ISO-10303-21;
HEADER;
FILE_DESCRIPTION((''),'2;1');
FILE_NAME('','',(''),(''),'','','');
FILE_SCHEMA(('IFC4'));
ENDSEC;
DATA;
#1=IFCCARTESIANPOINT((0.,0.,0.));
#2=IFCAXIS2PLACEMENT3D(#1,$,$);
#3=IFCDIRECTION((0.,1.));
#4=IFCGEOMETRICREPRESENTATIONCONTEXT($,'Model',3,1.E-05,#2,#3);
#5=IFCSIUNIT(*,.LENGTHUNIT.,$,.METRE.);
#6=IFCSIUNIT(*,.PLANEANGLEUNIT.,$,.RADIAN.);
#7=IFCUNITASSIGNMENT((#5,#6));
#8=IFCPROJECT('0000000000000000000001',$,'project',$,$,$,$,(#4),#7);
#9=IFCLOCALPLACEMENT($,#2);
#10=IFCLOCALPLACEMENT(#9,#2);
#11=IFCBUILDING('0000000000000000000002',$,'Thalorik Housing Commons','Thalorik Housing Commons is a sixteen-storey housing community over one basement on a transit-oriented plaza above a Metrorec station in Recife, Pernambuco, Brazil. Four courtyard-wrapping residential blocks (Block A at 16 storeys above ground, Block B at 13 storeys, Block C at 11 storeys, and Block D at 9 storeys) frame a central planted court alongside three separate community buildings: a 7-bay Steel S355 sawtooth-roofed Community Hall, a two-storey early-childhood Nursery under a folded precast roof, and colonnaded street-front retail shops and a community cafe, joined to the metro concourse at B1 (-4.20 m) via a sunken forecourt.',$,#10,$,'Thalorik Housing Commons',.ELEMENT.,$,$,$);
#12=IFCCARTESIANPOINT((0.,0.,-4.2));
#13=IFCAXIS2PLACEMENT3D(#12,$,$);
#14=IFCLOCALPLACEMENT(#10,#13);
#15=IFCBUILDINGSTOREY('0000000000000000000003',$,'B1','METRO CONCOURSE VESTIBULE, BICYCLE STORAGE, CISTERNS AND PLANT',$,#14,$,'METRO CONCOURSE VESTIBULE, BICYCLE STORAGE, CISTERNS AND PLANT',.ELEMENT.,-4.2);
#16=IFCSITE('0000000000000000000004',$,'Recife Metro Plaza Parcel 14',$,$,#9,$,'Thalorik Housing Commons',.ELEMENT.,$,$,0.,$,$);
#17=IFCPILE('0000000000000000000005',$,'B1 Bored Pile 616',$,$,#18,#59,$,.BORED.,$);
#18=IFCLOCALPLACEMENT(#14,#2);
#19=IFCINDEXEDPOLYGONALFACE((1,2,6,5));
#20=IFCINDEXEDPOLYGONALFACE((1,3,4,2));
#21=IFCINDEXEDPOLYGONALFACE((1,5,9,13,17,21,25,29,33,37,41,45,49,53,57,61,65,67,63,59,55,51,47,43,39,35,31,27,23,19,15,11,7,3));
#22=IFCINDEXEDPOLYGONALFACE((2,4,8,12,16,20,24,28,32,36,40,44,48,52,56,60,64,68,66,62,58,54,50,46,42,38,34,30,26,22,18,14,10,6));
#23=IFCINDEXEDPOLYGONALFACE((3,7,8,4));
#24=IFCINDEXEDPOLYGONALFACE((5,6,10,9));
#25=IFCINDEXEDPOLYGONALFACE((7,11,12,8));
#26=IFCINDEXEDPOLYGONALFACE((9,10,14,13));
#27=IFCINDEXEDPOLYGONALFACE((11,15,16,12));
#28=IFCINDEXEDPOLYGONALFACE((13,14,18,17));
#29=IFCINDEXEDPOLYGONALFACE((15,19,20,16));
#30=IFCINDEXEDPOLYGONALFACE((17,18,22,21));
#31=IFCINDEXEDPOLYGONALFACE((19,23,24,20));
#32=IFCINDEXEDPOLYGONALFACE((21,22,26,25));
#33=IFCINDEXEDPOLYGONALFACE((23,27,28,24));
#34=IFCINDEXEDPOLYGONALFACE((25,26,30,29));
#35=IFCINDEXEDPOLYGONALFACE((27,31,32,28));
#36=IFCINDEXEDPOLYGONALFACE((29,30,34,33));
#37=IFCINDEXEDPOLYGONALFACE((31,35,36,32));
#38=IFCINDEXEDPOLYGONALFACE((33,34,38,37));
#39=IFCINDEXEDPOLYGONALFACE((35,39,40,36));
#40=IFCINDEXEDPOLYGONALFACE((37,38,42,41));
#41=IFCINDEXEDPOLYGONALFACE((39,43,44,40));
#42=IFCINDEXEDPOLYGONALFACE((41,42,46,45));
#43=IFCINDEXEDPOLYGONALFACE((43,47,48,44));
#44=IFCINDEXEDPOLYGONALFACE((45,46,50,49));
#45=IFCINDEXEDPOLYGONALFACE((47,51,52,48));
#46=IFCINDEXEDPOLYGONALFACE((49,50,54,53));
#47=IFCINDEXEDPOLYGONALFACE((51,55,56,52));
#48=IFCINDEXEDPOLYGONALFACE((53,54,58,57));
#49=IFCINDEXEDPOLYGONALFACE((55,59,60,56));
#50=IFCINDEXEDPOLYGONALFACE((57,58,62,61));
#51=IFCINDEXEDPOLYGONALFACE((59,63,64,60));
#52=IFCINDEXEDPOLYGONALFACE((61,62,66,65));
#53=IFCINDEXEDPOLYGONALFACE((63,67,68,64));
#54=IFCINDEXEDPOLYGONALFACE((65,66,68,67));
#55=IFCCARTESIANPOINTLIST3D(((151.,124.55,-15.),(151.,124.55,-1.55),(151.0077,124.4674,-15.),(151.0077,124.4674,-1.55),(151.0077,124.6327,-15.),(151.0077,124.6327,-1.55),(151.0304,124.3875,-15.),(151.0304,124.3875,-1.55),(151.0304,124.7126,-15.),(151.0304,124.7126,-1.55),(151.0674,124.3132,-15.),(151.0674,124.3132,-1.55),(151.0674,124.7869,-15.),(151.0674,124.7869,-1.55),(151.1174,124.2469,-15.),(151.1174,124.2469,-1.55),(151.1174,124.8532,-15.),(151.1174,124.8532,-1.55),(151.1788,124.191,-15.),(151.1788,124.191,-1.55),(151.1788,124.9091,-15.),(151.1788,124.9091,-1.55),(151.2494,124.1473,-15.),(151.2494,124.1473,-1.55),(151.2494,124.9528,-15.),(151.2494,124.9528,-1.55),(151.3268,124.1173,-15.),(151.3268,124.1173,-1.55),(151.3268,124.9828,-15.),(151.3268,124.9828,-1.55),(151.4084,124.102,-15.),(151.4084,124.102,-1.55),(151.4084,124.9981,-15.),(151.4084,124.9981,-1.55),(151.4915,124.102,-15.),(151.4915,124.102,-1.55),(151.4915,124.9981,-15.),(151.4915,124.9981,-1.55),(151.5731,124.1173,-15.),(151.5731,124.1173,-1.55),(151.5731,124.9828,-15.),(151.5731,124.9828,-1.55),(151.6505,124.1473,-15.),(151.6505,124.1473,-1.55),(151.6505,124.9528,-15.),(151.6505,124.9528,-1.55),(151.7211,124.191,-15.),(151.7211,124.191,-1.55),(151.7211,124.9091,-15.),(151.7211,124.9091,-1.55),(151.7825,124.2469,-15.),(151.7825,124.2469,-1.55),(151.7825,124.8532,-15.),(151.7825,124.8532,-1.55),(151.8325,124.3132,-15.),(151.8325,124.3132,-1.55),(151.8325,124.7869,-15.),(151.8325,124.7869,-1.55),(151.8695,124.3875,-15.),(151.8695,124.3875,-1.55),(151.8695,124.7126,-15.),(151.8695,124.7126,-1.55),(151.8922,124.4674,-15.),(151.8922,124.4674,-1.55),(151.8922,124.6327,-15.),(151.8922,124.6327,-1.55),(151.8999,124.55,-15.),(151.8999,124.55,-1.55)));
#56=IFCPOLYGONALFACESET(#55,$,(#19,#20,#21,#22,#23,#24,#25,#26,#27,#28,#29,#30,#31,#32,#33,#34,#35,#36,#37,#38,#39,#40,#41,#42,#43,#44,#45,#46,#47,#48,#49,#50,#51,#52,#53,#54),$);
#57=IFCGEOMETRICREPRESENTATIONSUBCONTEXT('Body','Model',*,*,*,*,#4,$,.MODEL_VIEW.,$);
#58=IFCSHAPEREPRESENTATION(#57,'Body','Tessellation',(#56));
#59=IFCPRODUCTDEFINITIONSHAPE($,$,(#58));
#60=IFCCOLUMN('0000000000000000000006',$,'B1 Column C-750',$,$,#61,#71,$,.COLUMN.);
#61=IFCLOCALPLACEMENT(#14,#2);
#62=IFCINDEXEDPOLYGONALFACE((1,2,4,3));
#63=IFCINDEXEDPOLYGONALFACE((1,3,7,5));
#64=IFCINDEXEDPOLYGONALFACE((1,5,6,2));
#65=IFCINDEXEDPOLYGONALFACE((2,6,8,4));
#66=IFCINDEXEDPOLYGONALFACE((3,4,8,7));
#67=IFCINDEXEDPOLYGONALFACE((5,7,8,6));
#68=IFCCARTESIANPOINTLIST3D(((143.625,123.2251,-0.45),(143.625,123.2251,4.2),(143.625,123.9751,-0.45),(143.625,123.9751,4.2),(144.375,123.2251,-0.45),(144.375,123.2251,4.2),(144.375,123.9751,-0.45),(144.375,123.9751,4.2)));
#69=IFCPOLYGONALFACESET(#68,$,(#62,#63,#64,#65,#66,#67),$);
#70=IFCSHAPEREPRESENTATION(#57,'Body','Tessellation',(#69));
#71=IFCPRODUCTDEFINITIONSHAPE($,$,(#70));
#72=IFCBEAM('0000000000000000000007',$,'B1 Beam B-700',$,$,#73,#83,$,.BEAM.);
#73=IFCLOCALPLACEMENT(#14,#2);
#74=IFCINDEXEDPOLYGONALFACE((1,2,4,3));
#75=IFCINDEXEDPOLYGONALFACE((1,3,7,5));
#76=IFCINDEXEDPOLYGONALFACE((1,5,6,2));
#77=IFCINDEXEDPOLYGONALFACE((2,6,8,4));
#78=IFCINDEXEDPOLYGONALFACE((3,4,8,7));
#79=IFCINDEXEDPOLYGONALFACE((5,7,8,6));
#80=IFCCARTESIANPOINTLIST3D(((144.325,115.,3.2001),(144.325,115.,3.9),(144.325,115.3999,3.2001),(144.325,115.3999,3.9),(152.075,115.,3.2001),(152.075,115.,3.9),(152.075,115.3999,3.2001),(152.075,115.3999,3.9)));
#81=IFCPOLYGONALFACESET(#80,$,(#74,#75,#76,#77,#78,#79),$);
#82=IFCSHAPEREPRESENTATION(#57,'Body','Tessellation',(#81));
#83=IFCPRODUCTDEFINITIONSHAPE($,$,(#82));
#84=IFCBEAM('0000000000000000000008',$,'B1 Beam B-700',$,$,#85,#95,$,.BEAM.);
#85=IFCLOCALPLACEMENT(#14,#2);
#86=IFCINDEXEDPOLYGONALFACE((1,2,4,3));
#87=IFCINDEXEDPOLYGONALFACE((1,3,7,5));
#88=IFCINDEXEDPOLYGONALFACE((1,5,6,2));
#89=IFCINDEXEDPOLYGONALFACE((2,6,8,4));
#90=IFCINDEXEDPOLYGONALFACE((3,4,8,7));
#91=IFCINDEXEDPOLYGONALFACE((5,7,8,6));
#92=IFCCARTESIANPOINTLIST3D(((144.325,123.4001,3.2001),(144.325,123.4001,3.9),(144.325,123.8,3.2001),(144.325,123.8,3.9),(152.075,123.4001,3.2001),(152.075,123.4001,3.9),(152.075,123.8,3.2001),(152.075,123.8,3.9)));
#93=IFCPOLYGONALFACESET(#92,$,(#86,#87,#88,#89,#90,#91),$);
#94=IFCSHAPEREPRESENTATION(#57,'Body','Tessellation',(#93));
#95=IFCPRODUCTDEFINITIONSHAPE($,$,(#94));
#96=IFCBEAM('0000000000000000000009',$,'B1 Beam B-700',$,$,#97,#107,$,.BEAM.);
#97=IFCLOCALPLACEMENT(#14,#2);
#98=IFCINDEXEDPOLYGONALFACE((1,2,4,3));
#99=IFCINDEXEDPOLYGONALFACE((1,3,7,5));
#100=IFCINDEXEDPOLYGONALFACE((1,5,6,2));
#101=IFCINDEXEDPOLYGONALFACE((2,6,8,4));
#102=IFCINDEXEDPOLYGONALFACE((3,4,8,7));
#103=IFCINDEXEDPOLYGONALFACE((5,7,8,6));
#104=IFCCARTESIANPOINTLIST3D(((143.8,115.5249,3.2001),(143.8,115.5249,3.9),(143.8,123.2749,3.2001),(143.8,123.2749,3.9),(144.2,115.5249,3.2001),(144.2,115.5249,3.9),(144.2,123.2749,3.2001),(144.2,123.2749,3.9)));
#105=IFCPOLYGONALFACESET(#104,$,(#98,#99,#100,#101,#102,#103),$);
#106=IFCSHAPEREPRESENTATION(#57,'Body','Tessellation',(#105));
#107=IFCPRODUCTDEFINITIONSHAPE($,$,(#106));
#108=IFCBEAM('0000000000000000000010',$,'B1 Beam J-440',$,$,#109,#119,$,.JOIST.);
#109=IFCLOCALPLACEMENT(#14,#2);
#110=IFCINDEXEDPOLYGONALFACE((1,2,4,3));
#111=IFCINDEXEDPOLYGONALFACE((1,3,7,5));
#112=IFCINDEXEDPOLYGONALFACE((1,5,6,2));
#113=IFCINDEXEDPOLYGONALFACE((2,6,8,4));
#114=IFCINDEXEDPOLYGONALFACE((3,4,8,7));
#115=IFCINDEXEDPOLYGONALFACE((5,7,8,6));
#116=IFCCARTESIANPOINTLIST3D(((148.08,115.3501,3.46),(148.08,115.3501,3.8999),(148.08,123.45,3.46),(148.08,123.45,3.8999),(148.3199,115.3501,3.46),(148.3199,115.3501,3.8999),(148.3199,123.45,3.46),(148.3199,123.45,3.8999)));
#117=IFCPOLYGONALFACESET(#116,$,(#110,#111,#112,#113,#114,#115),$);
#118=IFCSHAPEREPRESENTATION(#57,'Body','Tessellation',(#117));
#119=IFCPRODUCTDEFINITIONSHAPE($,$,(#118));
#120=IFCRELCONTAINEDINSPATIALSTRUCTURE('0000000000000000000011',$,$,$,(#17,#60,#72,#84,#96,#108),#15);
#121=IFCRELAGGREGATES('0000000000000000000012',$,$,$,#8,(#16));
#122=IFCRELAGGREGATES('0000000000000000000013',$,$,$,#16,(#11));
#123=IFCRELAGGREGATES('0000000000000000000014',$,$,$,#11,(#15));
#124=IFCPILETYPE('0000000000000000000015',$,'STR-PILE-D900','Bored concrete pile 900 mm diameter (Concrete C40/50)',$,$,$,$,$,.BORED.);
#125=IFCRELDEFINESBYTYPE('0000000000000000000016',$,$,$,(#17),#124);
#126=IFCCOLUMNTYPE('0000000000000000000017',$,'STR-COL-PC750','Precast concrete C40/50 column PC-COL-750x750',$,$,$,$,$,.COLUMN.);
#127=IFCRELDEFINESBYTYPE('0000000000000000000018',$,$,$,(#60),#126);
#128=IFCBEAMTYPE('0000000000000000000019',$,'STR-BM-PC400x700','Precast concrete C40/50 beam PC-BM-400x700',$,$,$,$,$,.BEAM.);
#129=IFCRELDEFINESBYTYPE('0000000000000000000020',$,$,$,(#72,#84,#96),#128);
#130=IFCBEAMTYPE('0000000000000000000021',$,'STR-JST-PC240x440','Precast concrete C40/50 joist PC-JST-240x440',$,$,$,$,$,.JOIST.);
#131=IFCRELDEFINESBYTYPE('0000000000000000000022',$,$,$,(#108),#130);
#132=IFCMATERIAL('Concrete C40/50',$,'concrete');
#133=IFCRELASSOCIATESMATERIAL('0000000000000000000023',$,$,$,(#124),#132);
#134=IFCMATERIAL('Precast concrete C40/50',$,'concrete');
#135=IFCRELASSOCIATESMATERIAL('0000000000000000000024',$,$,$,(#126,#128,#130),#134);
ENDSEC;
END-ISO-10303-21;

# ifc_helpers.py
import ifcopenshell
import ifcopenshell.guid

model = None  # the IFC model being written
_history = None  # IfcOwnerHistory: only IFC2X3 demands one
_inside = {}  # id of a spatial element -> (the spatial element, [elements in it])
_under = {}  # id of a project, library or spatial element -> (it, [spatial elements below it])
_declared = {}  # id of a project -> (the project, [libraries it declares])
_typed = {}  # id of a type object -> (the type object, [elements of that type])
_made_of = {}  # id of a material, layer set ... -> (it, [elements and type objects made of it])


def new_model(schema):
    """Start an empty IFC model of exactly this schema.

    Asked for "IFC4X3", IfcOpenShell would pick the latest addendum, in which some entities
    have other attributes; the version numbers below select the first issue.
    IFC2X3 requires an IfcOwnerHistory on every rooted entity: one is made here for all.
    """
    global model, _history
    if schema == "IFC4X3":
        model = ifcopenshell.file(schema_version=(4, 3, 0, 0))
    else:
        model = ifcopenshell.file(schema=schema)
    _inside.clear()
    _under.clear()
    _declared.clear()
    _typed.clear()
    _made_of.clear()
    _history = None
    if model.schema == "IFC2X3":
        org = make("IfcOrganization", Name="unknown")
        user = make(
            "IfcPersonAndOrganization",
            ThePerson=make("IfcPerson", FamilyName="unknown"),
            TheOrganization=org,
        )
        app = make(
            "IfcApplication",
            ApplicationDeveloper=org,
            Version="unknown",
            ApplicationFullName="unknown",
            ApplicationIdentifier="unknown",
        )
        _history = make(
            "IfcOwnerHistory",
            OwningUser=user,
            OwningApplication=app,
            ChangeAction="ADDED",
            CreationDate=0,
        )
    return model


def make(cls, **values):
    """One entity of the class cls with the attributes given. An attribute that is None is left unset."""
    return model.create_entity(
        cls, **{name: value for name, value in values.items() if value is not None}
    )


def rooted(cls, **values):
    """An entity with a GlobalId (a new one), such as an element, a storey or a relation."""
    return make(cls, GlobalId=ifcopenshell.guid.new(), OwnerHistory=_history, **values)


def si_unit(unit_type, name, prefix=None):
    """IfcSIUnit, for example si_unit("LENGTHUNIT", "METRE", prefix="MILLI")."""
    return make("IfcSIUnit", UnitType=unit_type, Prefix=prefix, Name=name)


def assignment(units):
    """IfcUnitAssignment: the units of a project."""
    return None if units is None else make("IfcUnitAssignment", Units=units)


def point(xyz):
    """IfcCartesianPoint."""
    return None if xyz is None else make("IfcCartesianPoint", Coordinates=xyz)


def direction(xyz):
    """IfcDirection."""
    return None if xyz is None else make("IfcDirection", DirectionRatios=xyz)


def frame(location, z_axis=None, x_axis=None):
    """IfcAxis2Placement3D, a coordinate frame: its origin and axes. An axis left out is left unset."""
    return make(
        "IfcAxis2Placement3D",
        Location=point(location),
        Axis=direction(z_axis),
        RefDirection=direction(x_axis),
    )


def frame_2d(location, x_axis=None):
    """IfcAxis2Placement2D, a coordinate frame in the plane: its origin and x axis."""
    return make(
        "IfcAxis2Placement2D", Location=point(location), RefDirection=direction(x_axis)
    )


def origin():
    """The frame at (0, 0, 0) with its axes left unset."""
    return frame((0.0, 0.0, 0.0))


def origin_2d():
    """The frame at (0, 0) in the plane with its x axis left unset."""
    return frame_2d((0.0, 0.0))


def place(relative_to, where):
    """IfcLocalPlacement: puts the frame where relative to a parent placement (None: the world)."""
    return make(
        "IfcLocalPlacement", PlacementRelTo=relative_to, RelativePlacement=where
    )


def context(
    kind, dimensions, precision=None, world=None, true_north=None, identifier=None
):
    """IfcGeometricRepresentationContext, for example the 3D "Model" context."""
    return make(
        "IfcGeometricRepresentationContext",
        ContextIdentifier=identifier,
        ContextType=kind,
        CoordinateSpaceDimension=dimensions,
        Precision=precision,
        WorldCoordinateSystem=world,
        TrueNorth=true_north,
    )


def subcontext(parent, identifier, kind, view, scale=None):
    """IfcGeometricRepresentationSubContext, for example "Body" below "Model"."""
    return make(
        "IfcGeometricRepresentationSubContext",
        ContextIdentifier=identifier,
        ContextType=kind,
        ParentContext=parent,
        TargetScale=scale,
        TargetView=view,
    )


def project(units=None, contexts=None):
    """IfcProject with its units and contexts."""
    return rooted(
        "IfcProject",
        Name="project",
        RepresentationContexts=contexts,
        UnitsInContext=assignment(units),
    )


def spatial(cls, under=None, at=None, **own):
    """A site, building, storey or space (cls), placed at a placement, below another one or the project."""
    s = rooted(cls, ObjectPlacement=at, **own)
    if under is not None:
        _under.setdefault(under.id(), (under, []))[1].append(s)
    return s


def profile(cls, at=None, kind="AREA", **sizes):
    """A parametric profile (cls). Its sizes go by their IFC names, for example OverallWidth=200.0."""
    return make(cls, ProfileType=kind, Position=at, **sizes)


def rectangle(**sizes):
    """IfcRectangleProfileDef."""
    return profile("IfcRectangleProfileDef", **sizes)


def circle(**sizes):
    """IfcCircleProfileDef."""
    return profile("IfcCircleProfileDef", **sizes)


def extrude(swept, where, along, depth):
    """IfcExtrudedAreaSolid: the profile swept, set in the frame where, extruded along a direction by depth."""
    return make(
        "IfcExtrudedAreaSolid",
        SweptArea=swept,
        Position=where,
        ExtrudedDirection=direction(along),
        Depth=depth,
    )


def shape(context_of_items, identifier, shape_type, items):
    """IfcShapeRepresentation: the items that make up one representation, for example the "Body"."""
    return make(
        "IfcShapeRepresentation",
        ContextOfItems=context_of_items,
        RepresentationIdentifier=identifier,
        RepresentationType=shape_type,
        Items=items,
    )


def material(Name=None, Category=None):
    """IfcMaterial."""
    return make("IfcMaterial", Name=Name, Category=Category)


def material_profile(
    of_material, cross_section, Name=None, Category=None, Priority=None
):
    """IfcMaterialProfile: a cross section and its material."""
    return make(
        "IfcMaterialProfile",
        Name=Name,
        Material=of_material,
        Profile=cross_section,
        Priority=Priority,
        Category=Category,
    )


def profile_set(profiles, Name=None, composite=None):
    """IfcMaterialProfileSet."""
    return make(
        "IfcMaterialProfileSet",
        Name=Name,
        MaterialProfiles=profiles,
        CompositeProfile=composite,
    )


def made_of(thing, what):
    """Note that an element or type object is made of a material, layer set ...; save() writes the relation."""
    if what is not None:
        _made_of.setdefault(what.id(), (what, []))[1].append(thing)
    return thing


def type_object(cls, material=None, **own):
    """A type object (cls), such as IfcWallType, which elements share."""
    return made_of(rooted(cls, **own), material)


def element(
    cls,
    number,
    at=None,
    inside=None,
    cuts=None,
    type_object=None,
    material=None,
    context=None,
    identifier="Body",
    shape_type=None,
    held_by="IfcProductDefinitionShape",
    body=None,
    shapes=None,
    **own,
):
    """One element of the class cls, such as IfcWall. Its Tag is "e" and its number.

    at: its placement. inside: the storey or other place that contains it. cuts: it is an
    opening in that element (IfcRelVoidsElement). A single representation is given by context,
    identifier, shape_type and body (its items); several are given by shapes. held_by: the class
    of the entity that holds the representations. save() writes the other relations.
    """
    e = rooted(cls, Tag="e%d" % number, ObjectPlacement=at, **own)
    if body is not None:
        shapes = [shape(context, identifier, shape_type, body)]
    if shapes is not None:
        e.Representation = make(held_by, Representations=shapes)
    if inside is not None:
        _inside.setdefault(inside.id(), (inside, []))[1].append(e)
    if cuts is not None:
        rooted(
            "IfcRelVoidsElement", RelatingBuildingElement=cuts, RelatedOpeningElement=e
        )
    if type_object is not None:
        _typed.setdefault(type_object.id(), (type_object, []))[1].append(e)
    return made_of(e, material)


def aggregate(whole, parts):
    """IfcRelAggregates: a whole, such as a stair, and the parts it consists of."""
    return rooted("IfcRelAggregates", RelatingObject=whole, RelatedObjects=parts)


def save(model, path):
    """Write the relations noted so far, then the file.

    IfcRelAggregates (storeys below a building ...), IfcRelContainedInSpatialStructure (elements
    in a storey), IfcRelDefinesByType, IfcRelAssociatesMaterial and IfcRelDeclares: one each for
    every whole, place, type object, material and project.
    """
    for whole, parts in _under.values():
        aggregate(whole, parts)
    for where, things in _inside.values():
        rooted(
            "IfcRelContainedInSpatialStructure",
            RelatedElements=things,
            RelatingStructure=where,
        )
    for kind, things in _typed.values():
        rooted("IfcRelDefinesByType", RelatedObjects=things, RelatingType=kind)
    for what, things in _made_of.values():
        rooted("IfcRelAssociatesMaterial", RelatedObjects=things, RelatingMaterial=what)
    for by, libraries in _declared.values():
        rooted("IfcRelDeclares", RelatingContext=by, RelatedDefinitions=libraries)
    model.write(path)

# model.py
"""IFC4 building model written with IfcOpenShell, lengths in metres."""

from ifc_helpers import new_model, si_unit, direction, frame, origin, origin_2d, place, context, subcontext, project, spatial, rectangle, circle, extrude, material, material_profile, profile_set, type_object, element, save


model = new_model("IFC4")

# Units and contexts
model_context = context("Model", 3, precision=1e-05, world=origin(), true_north=direction((0.0, 1.0)))
body_context = subcontext(model_context, "Body", "Model", "MODEL_VIEW")
ifc_project = project(units=[si_unit("LENGTHUNIT", "METRE"), si_unit("PLANEANGLEUNIT", "RADIAN")], contexts=[model_context])

# Site, building, storey
site_placement = place(None, origin())
site = spatial("IfcSite", under=ifc_project, at=site_placement, Name="Recife Metro Plaza Parcel 14", LongName="Thalorik Housing Commons", CompositionType="ELEMENT", RefElevation=0.0)
building_placement = place(site_placement, origin())
building = spatial("IfcBuilding", under=site, at=building_placement, Name="Thalorik Housing Commons", Description="Thalorik Housing Commons is a sixteen-storey housing community over one basement on a transit-oriented plaza above a Metrorec station in Recife, Pernambuco, Brazil. Four courtyard-wrapping residential blocks (Block A at 16 storeys above ground, Block B at 13 storeys, Block C at 11 storeys, and Block D at 9 storeys) frame a central planted court alongside three separate community buildings: a 7-bay Steel S355 sawtooth-roofed Community Hall, a two-storey early-childhood Nursery under a folded precast roof, and colonnaded street-front retail shops and a community cafe, joined to the metro concourse at B1 (-4.20 m) via a sunken forecourt.", LongName="Thalorik Housing Commons", CompositionType="ELEMENT")
storey_placement = place(building_placement, frame((0.0, 0.0, -4.2)))
storey = spatial("IfcBuildingStorey", under=building, at=storey_placement, Name="B1", Description="METRO CONCOURSE VESTIBULE, BICYCLE STORAGE, CISTERNS AND PLANT", LongName="METRO CONCOURSE VESTIBULE, BICYCLE STORAGE, CISTERNS AND PLANT", CompositionType="ELEMENT", Elevation=-4.2)

# Shared definitions
ifc_material_1 = material(Name="Concrete C40/50", Category="concrete")

# Pile
ifc_material_profile_1 = material_profile(ifc_material_1, circle(Radius=0.45, at=origin_2d()), Name="BORED PILE D900", Category="concrete")
ifc_profile_set_1 = profile_set([ifc_material_profile_1], Name="Concrete C40/50")
pile_type_1 = type_object("IfcPileType", Name="STR-PILE-D900", Description="Bored concrete pile 900 mm diameter (Concrete C40/50)", PredefinedType="BORED", material=ifc_profile_set_1)
for number, where, z_axis, x_axis, name in (
    (1, (151.45, 124.55, -1.55), (0.0, 0.0, -1.0), (1.0, 0.0, 0.0), "B1 Bored Pile 616"),
):
    element("IfcPile", number, at=place(storey_placement, frame(where, z_axis=z_axis, x_axis=x_axis)), inside=storey, type_object=pile_type_1, Name=name, PredefinedType="BORED", context=body_context, shape_type="SweptSolid", body=[
        extrude(circle(Radius=0.45, at=origin_2d()), origin(), (0.0, 0.0, 1.0), 13.45),
    ])

# Column
ifc_material_2 = material(Name="Precast concrete C40/50", Category="concrete")
ifc_material_profile_2 = material_profile(ifc_material_2, rectangle(XDim=0.75, YDim=0.75, at=origin_2d()), Name="PC 750x750", Category="concrete")
ifc_profile_set_2 = profile_set([ifc_material_profile_2], Name="Precast concrete C40/50")
column_type = type_object("IfcColumnType", Name="STR-COL-PC750", Description="Precast concrete C40/50 column PC-COL-750x750", PredefinedType="COLUMN", material=ifc_profile_set_2)
column_placement = place(storey_placement, frame((144.0, 123.6001, -0.45), z_axis=(0.0, 0.0, 1.0), x_axis=(1.0, 0.0, 0.0)))
element("IfcColumn", 2, at=column_placement, inside=storey, type_object=column_type, Name="B1 Column C-750", PredefinedType="COLUMN", context=body_context, shape_type="SweptSolid", body=[
    extrude(rectangle(XDim=0.75, YDim=0.75, at=origin_2d()), origin(), (0.0, 0.0, 1.0), 4.6499),
])

# Beams
ifc_material_profile_3 = material_profile(ifc_material_2, rectangle(XDim=0.3999, YDim=0.7, at=origin_2d()), Name="PC 400x700", Category="concrete")
ifc_profile_set_3 = profile_set([ifc_material_profile_3], Name="Precast concrete C40/50")
beam_type_1 = type_object("IfcBeamType", Name="STR-BM-PC400x700", Description="Precast concrete C40/50 beam PC-BM-400x700", PredefinedType="BEAM", material=ifc_profile_set_3)
for number, where, z_axis, x_axis, name in (
    (3, (144.325, 115.2, 3.55), (1.0, 0.0, 0.0), (0.0, 1.0, 0.0), "B1 Beam B-700"),
    (4, (144.325, 123.6001, 3.55), (1.0, 0.0, 0.0), (0.0, 1.0, 0.0), "B1 Beam B-700"),
    (5, (144.0, 115.5249, 3.55), (0.0, 1.0, 0.0), (-1.0, 0.0, 0.0), "B1 Beam B-700"),
):
    element("IfcBeam", number, at=place(storey_placement, frame(where, z_axis=z_axis, x_axis=x_axis)), inside=storey, type_object=beam_type_1, Name=name, PredefinedType="BEAM", context=body_context, shape_type="SweptSolid", body=[
        extrude(rectangle(XDim=0.3999, YDim=0.7, at=origin_2d()), origin(), (0.0, 0.0, 1.0), 7.75),
    ])
ifc_material_profile_4 = material_profile(ifc_material_2, rectangle(XDim=0.24, YDim=0.4399, at=origin_2d()), Name="PC JST 240x440", Category="concrete")
ifc_profile_set_4 = profile_set([ifc_material_profile_4], Name="Precast concrete C40/50")
beam_type_2 = type_object("IfcBeamType", Name="STR-JST-PC240x440", Description="Precast concrete C40/50 joist PC-JST-240x440", PredefinedType="JOIST", material=ifc_profile_set_4)
beam_placement = place(storey_placement, frame((148.2, 115.3501, 3.6799), z_axis=(0.0, 1.0, 0.0), x_axis=(-1.0, 0.0, 0.0)))
element("IfcBeam", 6, at=beam_placement, inside=storey, type_object=beam_type_2, Name="B1 Beam J-440", PredefinedType="JOIST", context=body_context, shape_type="SweptSolid", body=[
    extrude(rectangle(XDim=0.24, YDim=0.4399, at=origin_2d()), origin(), (0.0, 0.0, 1.0), 8.0999),
])

save(model, "model.ifc")
